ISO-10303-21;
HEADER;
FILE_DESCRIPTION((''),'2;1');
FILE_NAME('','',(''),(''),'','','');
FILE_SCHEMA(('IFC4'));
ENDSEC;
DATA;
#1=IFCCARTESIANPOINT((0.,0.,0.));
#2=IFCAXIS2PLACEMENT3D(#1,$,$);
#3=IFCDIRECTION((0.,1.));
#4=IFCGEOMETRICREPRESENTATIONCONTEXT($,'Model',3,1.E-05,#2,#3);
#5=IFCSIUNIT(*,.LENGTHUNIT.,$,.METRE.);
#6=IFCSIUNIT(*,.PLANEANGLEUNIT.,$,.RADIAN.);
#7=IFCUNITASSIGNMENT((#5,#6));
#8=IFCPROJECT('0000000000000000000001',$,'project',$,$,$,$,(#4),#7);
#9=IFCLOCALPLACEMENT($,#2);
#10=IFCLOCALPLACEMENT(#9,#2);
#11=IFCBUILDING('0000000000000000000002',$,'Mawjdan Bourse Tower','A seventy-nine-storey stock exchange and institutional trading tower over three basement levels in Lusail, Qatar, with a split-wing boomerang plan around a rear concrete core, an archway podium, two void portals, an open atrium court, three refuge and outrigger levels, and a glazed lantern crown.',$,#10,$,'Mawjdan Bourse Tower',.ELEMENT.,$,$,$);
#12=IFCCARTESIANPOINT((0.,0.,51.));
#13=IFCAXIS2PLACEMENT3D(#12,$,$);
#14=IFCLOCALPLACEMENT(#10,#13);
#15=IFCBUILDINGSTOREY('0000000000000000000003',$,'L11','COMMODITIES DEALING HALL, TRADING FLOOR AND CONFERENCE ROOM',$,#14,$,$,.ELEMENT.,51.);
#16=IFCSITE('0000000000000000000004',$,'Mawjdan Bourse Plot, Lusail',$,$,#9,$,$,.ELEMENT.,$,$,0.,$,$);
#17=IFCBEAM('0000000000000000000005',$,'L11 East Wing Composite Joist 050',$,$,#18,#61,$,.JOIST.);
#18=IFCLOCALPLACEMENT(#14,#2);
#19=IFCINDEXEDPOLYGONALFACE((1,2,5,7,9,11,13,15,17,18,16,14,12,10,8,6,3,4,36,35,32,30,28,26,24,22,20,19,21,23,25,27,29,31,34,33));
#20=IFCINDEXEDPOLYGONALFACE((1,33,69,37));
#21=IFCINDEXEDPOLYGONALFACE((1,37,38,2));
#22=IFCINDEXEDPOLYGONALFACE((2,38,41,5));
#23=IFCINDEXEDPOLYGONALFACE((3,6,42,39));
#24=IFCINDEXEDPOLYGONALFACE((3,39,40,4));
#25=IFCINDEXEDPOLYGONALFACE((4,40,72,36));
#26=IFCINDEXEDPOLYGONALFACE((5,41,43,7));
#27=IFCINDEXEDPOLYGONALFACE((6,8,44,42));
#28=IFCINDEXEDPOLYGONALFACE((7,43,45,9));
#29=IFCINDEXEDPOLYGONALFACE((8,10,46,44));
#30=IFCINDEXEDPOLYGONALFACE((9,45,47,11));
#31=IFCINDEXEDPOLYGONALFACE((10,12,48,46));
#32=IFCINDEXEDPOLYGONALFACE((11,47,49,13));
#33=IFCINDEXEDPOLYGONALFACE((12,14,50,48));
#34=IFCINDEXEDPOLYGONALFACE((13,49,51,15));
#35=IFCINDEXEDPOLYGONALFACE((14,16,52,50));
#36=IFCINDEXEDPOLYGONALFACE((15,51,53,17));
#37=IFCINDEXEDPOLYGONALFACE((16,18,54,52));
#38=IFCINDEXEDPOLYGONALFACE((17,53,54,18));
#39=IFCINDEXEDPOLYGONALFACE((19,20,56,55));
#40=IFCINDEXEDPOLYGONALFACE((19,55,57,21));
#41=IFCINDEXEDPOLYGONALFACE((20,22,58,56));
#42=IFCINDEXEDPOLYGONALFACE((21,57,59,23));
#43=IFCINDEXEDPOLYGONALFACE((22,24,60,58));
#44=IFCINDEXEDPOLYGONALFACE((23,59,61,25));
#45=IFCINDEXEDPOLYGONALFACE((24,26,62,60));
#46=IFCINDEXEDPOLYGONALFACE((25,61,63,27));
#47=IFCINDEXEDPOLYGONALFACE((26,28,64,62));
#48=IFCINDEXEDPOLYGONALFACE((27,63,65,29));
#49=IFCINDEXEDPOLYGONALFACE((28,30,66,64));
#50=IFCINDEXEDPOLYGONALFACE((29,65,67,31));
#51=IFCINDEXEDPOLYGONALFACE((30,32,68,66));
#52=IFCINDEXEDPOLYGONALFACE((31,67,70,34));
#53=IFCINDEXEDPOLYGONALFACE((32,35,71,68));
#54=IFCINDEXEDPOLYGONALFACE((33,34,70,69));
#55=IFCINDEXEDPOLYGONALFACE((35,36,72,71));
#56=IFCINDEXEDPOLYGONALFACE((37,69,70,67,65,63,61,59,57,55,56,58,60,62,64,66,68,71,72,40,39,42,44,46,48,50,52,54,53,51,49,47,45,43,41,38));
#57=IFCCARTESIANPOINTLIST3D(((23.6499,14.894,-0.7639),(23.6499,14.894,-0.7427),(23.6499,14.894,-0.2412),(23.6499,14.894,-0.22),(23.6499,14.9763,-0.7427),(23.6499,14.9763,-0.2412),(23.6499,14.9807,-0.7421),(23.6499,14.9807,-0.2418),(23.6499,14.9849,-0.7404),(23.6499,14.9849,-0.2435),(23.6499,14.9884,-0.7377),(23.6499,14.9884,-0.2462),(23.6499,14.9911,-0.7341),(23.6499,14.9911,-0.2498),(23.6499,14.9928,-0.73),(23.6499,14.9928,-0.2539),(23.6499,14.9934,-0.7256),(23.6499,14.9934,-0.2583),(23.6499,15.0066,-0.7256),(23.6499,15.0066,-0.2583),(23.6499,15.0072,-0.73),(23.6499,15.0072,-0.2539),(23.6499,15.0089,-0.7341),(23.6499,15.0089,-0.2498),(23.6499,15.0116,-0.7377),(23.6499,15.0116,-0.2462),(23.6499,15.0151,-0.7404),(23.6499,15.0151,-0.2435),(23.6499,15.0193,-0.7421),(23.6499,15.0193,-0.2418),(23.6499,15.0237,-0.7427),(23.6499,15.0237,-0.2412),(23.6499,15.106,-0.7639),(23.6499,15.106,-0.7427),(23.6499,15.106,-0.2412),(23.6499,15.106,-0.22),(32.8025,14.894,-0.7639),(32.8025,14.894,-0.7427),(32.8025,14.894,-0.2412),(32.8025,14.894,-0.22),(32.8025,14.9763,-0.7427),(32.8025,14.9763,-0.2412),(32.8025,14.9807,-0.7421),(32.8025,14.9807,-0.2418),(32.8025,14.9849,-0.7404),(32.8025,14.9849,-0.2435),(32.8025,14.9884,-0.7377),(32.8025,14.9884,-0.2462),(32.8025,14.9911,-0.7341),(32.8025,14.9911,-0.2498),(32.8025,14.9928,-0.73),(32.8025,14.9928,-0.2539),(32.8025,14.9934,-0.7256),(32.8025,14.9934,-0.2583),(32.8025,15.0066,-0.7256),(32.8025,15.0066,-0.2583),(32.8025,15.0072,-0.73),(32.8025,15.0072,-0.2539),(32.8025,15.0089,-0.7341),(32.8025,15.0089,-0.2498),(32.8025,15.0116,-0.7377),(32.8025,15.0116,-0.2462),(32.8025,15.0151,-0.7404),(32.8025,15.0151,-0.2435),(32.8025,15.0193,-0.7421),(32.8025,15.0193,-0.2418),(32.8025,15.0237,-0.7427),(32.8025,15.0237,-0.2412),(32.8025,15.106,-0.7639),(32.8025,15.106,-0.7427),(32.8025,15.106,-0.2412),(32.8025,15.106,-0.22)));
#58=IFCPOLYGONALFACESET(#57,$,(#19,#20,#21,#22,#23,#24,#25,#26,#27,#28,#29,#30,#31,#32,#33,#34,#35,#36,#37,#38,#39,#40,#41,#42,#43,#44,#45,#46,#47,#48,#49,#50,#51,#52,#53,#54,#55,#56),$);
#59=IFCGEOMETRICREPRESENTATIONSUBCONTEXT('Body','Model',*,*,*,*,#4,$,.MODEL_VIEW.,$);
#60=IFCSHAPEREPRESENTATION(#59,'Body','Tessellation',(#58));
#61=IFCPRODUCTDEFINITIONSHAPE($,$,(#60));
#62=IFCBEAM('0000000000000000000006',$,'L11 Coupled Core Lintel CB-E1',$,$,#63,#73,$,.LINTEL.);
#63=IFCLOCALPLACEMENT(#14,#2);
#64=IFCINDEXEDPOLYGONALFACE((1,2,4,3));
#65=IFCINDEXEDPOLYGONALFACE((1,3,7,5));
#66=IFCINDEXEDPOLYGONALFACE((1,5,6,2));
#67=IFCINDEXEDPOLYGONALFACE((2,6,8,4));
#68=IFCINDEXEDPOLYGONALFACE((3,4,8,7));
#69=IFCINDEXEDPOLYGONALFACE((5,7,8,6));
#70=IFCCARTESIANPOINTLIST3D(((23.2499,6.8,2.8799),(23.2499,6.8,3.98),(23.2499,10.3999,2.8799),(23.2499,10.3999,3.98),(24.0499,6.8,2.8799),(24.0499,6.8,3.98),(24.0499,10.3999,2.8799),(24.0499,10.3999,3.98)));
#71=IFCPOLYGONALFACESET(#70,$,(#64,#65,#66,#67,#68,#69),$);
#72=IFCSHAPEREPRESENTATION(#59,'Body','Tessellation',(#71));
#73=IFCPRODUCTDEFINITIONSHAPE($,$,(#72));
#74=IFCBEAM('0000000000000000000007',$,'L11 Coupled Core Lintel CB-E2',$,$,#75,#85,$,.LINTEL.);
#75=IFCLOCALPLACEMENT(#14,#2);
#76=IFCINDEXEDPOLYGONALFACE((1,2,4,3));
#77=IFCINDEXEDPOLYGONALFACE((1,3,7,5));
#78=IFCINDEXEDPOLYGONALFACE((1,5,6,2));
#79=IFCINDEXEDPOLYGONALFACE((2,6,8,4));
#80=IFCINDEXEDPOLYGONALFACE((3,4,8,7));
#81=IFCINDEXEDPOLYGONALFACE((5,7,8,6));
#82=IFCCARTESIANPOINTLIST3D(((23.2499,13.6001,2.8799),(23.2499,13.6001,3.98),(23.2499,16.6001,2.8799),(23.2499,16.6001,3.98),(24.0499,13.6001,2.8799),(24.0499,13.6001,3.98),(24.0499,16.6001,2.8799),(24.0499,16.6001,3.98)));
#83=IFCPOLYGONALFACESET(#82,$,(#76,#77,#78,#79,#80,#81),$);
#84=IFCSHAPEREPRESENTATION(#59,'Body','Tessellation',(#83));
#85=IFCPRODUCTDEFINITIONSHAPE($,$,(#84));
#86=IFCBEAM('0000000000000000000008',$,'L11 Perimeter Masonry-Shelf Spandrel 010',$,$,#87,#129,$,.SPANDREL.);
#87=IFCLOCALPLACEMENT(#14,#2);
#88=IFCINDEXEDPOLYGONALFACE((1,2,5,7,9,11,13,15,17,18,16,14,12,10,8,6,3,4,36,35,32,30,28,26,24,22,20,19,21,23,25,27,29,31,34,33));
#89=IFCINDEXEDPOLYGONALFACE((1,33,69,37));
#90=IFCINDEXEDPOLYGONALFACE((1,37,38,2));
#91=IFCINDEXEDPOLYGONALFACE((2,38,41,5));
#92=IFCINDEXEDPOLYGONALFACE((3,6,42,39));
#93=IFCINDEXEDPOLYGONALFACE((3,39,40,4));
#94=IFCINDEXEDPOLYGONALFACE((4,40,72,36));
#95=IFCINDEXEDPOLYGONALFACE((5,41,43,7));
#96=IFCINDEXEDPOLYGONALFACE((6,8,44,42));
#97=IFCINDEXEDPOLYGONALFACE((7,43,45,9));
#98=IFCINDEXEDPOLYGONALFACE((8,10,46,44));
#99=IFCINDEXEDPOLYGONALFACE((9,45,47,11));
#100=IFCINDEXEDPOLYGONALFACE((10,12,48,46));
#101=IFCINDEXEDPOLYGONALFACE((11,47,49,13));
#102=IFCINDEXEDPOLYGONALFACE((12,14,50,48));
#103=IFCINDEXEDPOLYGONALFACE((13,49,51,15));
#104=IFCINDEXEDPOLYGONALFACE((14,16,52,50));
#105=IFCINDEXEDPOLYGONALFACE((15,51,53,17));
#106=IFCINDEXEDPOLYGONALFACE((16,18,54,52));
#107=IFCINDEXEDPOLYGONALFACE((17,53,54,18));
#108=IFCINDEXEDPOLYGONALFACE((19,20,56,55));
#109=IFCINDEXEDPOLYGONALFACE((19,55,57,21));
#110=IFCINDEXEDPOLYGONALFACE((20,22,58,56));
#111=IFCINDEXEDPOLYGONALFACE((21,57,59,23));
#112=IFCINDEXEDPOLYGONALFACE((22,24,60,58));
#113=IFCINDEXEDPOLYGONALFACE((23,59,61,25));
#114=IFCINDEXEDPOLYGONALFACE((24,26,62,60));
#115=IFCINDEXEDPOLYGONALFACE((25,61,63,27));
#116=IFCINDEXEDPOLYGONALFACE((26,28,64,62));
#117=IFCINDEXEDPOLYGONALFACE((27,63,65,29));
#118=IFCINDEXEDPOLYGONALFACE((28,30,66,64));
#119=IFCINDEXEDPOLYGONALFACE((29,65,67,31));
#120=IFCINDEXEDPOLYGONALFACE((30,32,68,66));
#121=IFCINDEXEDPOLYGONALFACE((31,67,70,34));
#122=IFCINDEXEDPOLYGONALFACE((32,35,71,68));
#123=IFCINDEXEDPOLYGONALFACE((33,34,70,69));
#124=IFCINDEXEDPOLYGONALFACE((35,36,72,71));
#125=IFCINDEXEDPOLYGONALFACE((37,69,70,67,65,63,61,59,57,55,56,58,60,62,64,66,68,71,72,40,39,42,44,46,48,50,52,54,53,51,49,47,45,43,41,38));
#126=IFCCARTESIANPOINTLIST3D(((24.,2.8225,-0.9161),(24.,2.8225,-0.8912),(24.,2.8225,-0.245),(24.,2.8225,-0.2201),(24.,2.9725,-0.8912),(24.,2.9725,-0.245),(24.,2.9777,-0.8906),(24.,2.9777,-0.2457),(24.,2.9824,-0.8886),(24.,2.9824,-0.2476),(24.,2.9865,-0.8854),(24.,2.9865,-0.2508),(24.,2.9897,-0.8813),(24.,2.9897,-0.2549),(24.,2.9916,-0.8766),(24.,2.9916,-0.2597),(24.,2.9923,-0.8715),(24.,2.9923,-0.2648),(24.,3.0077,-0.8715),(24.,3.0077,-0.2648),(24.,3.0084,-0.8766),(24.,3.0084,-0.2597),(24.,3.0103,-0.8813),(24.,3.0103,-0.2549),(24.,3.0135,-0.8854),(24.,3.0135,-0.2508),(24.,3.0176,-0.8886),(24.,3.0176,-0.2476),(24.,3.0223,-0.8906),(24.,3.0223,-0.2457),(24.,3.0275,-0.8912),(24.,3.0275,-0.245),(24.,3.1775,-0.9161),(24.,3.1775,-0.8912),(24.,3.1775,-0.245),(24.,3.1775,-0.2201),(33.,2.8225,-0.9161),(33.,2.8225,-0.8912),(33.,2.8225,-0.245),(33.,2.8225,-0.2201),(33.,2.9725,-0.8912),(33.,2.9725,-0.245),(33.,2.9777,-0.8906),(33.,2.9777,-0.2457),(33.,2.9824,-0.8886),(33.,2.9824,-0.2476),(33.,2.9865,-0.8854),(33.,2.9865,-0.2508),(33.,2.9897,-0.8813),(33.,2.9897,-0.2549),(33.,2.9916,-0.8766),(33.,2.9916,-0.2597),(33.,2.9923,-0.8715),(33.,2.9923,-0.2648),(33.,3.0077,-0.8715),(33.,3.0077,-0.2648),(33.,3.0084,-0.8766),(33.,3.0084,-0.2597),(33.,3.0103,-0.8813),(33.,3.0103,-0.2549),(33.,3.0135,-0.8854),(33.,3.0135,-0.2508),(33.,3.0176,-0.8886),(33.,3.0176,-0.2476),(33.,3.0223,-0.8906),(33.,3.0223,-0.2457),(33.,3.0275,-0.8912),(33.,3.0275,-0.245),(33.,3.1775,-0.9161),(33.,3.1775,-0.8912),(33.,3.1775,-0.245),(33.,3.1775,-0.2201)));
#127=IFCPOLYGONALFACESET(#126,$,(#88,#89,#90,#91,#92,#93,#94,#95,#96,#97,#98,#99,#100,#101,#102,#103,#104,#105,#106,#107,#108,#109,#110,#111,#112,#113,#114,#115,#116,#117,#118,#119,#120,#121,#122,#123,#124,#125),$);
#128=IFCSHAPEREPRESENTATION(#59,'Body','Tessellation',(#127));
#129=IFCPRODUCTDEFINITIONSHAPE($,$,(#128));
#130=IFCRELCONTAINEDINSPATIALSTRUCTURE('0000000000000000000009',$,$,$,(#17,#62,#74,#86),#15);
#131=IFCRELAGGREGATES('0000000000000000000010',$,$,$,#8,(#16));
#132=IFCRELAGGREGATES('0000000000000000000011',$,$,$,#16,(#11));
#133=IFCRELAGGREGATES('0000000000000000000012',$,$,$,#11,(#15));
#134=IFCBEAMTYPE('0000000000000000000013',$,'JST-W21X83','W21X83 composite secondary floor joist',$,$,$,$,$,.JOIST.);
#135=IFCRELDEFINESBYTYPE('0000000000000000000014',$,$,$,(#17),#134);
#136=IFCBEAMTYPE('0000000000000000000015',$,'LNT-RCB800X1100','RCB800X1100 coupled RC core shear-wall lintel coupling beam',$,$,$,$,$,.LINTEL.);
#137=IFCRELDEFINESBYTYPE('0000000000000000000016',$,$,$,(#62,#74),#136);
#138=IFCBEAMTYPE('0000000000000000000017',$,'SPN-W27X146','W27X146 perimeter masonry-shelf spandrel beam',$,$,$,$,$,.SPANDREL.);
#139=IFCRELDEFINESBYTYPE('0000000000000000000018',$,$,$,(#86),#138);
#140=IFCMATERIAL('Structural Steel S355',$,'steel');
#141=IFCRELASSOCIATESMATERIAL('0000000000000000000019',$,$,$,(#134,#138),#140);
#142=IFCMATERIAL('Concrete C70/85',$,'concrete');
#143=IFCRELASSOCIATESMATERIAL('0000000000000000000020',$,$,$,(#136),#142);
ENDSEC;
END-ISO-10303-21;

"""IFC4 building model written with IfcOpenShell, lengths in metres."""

from ifc_helpers import new_model, si_unit, direction, frame, origin, origin_2d, place, context, subcontext, project, spatial, rectangle, i_section, extrude, material, material_profile, profile_set, type_object, element, save


model = new_model("IFC4")

# Units and contexts
model_context = context("Model", 3, precision=1e-05, world=origin(), true_north=direction((0.0, 1.0)))
body_context = subcontext(model_context, "Body", "Model", "MODEL_VIEW")
ifc_project = project(units=[si_unit("LENGTHUNIT", "METRE"), si_unit("PLANEANGLEUNIT", "RADIAN")], contexts=[model_context])

# Site, building, storey
site_placement = place(None, origin())
site = spatial("IfcSite", under=ifc_project, at=site_placement, Name="Mawjdan Bourse Plot, Lusail", CompositionType="ELEMENT", RefElevation=0.0)
building_placement = place(site_placement, origin())
building = spatial("IfcBuilding", under=site, at=building_placement, Name="Mawjdan Bourse Tower", Description="A seventy-nine-storey stock exchange and institutional trading tower over three basement levels in Lusail, Qatar, with a split-wing boomerang plan around a rear concrete core, an archway podium, two void portals, an open atrium court, three refuge and outrigger levels, and a glazed lantern crown.", LongName="Mawjdan Bourse Tower", CompositionType="ELEMENT")
storey_placement = place(building_placement, frame((0.0, 0.0, 51.0)))
storey = spatial("IfcBuildingStorey", under=building, at=storey_placement, Name="L11", Description="COMMODITIES DEALING HALL, TRADING FLOOR AND CONFERENCE ROOM", CompositionType="ELEMENT", Elevation=51.0)

# Beams
ifc_material_1 = material(Name="Structural Steel S355", Category="steel")
ifc_material_profile_1 = material_profile(ifc_material_1, i_section(OverallWidth=0.2119, OverallDepth=0.5439, WebThickness=0.0132, FlangeThickness=0.0212, FilletRadius=0.0171, at=origin_2d()), Name="W21X83")
ifc_profile_set_1 = profile_set([ifc_material_profile_1], Name="Structural Steel S355")
beam_type_1 = type_object("IfcBeamType", Name="JST-W21X83", Description="W21X83 composite secondary floor joist", PredefinedType="JOIST", material=ifc_profile_set_1)
for number, where, z_axis, x_axis, name in (
    (1, (23.6499, 15.0, -0.4919), (1.0, 0.0, 0.0), (0.0, 1.0, 0.0), "L11 East Wing Composite Joist 050"),
):
    element("IfcBeam", number, at=place(storey_placement, frame(where, z_axis=z_axis, x_axis=x_axis)), inside=storey, type_object=beam_type_1, Name=name, PredefinedType="JOIST", context=body_context, shape_type="SweptSolid", body=[
        extrude(i_section(OverallWidth=0.2119, OverallDepth=0.5439, WebThickness=0.0132, FlangeThickness=0.0212, FilletRadius=0.0171, at=origin_2d()), origin(), (0.0, 0.0, 1.0), 9.1526),
    ])
ifc_material_2 = material(Name="Concrete C70/85", Category="concrete")
ifc_material_profile_2 = material_profile(ifc_material_2, rectangle(XDim=0.8, YDim=1.1001, at=origin_2d()), Name="RCB800X1100")
ifc_profile_set_2 = profile_set([ifc_material_profile_2], Name="Concrete C70/85")
beam_type_2 = type_object("IfcBeamType", Name="LNT-RCB800X1100", Description="RCB800X1100 coupled RC core shear-wall lintel coupling beam", PredefinedType="LINTEL", material=ifc_profile_set_2)
beam_1_placement = place(storey_placement, frame((23.6499, 6.8, 3.4299), z_axis=(0.0, 1.0, 0.0), x_axis=(-1.0, 0.0, 0.0)))
element("IfcBeam", 2, at=beam_1_placement, inside=storey, type_object=beam_type_2, Name="L11 Coupled Core Lintel CB-E1", PredefinedType="LINTEL", context=body_context, shape_type="SweptSolid", body=[
    extrude(rectangle(XDim=0.8, YDim=1.1001, at=origin_2d()), origin(), (0.0, 0.0, 1.0), 3.5999),
])
beam_2_placement = place(storey_placement, frame((23.6499, 13.6001, 3.4299), z_axis=(0.0, 1.0, 0.0), x_axis=(-1.0, 0.0, 0.0)))
element("IfcBeam", 3, at=beam_2_placement, inside=storey, type_object=beam_type_2, Name="L11 Coupled Core Lintel CB-E2", PredefinedType="LINTEL", context=body_context, shape_type="SweptSolid", body=[
    extrude(rectangle(XDim=0.8, YDim=1.1001, at=origin_2d()), origin(), (0.0, 0.0, 1.0), 3.0),
])
ifc_material_profile_3 = material_profile(ifc_material_1, i_section(OverallWidth=0.355, OverallDepth=0.696, WebThickness=0.0154, FlangeThickness=0.0249, FilletRadius=0.0198, at=origin_2d()), Name="W27X146")
ifc_profile_set_3 = profile_set([ifc_material_profile_3], Name="Structural Steel S355")
beam_type_3 = type_object("IfcBeamType", Name="SPN-W27X146", Description="W27X146 perimeter masonry-shelf spandrel beam", PredefinedType="SPANDREL", material=ifc_profile_set_3)
beam_3_placement = place(storey_placement, frame((24.0, 3.0, -0.5681), z_axis=(1.0, 0.0, 0.0), x_axis=(0.0, 1.0, 0.0)))
element("IfcBeam", 4, at=beam_3_placement, inside=storey, type_object=beam_type_3, Name="L11 Perimeter Masonry-Shelf Spandrel 010", PredefinedType="SPANDREL", context=body_context, shape_type="SweptSolid", body=[
    extrude(i_section(OverallWidth=0.355, OverallDepth=0.696, WebThickness=0.0154, FlangeThickness=0.0249, FilletRadius=0.0198, at=origin_2d()), origin(), (0.0, 0.0, 1.0), 9.0),
])

save(model, "model.ifc")
